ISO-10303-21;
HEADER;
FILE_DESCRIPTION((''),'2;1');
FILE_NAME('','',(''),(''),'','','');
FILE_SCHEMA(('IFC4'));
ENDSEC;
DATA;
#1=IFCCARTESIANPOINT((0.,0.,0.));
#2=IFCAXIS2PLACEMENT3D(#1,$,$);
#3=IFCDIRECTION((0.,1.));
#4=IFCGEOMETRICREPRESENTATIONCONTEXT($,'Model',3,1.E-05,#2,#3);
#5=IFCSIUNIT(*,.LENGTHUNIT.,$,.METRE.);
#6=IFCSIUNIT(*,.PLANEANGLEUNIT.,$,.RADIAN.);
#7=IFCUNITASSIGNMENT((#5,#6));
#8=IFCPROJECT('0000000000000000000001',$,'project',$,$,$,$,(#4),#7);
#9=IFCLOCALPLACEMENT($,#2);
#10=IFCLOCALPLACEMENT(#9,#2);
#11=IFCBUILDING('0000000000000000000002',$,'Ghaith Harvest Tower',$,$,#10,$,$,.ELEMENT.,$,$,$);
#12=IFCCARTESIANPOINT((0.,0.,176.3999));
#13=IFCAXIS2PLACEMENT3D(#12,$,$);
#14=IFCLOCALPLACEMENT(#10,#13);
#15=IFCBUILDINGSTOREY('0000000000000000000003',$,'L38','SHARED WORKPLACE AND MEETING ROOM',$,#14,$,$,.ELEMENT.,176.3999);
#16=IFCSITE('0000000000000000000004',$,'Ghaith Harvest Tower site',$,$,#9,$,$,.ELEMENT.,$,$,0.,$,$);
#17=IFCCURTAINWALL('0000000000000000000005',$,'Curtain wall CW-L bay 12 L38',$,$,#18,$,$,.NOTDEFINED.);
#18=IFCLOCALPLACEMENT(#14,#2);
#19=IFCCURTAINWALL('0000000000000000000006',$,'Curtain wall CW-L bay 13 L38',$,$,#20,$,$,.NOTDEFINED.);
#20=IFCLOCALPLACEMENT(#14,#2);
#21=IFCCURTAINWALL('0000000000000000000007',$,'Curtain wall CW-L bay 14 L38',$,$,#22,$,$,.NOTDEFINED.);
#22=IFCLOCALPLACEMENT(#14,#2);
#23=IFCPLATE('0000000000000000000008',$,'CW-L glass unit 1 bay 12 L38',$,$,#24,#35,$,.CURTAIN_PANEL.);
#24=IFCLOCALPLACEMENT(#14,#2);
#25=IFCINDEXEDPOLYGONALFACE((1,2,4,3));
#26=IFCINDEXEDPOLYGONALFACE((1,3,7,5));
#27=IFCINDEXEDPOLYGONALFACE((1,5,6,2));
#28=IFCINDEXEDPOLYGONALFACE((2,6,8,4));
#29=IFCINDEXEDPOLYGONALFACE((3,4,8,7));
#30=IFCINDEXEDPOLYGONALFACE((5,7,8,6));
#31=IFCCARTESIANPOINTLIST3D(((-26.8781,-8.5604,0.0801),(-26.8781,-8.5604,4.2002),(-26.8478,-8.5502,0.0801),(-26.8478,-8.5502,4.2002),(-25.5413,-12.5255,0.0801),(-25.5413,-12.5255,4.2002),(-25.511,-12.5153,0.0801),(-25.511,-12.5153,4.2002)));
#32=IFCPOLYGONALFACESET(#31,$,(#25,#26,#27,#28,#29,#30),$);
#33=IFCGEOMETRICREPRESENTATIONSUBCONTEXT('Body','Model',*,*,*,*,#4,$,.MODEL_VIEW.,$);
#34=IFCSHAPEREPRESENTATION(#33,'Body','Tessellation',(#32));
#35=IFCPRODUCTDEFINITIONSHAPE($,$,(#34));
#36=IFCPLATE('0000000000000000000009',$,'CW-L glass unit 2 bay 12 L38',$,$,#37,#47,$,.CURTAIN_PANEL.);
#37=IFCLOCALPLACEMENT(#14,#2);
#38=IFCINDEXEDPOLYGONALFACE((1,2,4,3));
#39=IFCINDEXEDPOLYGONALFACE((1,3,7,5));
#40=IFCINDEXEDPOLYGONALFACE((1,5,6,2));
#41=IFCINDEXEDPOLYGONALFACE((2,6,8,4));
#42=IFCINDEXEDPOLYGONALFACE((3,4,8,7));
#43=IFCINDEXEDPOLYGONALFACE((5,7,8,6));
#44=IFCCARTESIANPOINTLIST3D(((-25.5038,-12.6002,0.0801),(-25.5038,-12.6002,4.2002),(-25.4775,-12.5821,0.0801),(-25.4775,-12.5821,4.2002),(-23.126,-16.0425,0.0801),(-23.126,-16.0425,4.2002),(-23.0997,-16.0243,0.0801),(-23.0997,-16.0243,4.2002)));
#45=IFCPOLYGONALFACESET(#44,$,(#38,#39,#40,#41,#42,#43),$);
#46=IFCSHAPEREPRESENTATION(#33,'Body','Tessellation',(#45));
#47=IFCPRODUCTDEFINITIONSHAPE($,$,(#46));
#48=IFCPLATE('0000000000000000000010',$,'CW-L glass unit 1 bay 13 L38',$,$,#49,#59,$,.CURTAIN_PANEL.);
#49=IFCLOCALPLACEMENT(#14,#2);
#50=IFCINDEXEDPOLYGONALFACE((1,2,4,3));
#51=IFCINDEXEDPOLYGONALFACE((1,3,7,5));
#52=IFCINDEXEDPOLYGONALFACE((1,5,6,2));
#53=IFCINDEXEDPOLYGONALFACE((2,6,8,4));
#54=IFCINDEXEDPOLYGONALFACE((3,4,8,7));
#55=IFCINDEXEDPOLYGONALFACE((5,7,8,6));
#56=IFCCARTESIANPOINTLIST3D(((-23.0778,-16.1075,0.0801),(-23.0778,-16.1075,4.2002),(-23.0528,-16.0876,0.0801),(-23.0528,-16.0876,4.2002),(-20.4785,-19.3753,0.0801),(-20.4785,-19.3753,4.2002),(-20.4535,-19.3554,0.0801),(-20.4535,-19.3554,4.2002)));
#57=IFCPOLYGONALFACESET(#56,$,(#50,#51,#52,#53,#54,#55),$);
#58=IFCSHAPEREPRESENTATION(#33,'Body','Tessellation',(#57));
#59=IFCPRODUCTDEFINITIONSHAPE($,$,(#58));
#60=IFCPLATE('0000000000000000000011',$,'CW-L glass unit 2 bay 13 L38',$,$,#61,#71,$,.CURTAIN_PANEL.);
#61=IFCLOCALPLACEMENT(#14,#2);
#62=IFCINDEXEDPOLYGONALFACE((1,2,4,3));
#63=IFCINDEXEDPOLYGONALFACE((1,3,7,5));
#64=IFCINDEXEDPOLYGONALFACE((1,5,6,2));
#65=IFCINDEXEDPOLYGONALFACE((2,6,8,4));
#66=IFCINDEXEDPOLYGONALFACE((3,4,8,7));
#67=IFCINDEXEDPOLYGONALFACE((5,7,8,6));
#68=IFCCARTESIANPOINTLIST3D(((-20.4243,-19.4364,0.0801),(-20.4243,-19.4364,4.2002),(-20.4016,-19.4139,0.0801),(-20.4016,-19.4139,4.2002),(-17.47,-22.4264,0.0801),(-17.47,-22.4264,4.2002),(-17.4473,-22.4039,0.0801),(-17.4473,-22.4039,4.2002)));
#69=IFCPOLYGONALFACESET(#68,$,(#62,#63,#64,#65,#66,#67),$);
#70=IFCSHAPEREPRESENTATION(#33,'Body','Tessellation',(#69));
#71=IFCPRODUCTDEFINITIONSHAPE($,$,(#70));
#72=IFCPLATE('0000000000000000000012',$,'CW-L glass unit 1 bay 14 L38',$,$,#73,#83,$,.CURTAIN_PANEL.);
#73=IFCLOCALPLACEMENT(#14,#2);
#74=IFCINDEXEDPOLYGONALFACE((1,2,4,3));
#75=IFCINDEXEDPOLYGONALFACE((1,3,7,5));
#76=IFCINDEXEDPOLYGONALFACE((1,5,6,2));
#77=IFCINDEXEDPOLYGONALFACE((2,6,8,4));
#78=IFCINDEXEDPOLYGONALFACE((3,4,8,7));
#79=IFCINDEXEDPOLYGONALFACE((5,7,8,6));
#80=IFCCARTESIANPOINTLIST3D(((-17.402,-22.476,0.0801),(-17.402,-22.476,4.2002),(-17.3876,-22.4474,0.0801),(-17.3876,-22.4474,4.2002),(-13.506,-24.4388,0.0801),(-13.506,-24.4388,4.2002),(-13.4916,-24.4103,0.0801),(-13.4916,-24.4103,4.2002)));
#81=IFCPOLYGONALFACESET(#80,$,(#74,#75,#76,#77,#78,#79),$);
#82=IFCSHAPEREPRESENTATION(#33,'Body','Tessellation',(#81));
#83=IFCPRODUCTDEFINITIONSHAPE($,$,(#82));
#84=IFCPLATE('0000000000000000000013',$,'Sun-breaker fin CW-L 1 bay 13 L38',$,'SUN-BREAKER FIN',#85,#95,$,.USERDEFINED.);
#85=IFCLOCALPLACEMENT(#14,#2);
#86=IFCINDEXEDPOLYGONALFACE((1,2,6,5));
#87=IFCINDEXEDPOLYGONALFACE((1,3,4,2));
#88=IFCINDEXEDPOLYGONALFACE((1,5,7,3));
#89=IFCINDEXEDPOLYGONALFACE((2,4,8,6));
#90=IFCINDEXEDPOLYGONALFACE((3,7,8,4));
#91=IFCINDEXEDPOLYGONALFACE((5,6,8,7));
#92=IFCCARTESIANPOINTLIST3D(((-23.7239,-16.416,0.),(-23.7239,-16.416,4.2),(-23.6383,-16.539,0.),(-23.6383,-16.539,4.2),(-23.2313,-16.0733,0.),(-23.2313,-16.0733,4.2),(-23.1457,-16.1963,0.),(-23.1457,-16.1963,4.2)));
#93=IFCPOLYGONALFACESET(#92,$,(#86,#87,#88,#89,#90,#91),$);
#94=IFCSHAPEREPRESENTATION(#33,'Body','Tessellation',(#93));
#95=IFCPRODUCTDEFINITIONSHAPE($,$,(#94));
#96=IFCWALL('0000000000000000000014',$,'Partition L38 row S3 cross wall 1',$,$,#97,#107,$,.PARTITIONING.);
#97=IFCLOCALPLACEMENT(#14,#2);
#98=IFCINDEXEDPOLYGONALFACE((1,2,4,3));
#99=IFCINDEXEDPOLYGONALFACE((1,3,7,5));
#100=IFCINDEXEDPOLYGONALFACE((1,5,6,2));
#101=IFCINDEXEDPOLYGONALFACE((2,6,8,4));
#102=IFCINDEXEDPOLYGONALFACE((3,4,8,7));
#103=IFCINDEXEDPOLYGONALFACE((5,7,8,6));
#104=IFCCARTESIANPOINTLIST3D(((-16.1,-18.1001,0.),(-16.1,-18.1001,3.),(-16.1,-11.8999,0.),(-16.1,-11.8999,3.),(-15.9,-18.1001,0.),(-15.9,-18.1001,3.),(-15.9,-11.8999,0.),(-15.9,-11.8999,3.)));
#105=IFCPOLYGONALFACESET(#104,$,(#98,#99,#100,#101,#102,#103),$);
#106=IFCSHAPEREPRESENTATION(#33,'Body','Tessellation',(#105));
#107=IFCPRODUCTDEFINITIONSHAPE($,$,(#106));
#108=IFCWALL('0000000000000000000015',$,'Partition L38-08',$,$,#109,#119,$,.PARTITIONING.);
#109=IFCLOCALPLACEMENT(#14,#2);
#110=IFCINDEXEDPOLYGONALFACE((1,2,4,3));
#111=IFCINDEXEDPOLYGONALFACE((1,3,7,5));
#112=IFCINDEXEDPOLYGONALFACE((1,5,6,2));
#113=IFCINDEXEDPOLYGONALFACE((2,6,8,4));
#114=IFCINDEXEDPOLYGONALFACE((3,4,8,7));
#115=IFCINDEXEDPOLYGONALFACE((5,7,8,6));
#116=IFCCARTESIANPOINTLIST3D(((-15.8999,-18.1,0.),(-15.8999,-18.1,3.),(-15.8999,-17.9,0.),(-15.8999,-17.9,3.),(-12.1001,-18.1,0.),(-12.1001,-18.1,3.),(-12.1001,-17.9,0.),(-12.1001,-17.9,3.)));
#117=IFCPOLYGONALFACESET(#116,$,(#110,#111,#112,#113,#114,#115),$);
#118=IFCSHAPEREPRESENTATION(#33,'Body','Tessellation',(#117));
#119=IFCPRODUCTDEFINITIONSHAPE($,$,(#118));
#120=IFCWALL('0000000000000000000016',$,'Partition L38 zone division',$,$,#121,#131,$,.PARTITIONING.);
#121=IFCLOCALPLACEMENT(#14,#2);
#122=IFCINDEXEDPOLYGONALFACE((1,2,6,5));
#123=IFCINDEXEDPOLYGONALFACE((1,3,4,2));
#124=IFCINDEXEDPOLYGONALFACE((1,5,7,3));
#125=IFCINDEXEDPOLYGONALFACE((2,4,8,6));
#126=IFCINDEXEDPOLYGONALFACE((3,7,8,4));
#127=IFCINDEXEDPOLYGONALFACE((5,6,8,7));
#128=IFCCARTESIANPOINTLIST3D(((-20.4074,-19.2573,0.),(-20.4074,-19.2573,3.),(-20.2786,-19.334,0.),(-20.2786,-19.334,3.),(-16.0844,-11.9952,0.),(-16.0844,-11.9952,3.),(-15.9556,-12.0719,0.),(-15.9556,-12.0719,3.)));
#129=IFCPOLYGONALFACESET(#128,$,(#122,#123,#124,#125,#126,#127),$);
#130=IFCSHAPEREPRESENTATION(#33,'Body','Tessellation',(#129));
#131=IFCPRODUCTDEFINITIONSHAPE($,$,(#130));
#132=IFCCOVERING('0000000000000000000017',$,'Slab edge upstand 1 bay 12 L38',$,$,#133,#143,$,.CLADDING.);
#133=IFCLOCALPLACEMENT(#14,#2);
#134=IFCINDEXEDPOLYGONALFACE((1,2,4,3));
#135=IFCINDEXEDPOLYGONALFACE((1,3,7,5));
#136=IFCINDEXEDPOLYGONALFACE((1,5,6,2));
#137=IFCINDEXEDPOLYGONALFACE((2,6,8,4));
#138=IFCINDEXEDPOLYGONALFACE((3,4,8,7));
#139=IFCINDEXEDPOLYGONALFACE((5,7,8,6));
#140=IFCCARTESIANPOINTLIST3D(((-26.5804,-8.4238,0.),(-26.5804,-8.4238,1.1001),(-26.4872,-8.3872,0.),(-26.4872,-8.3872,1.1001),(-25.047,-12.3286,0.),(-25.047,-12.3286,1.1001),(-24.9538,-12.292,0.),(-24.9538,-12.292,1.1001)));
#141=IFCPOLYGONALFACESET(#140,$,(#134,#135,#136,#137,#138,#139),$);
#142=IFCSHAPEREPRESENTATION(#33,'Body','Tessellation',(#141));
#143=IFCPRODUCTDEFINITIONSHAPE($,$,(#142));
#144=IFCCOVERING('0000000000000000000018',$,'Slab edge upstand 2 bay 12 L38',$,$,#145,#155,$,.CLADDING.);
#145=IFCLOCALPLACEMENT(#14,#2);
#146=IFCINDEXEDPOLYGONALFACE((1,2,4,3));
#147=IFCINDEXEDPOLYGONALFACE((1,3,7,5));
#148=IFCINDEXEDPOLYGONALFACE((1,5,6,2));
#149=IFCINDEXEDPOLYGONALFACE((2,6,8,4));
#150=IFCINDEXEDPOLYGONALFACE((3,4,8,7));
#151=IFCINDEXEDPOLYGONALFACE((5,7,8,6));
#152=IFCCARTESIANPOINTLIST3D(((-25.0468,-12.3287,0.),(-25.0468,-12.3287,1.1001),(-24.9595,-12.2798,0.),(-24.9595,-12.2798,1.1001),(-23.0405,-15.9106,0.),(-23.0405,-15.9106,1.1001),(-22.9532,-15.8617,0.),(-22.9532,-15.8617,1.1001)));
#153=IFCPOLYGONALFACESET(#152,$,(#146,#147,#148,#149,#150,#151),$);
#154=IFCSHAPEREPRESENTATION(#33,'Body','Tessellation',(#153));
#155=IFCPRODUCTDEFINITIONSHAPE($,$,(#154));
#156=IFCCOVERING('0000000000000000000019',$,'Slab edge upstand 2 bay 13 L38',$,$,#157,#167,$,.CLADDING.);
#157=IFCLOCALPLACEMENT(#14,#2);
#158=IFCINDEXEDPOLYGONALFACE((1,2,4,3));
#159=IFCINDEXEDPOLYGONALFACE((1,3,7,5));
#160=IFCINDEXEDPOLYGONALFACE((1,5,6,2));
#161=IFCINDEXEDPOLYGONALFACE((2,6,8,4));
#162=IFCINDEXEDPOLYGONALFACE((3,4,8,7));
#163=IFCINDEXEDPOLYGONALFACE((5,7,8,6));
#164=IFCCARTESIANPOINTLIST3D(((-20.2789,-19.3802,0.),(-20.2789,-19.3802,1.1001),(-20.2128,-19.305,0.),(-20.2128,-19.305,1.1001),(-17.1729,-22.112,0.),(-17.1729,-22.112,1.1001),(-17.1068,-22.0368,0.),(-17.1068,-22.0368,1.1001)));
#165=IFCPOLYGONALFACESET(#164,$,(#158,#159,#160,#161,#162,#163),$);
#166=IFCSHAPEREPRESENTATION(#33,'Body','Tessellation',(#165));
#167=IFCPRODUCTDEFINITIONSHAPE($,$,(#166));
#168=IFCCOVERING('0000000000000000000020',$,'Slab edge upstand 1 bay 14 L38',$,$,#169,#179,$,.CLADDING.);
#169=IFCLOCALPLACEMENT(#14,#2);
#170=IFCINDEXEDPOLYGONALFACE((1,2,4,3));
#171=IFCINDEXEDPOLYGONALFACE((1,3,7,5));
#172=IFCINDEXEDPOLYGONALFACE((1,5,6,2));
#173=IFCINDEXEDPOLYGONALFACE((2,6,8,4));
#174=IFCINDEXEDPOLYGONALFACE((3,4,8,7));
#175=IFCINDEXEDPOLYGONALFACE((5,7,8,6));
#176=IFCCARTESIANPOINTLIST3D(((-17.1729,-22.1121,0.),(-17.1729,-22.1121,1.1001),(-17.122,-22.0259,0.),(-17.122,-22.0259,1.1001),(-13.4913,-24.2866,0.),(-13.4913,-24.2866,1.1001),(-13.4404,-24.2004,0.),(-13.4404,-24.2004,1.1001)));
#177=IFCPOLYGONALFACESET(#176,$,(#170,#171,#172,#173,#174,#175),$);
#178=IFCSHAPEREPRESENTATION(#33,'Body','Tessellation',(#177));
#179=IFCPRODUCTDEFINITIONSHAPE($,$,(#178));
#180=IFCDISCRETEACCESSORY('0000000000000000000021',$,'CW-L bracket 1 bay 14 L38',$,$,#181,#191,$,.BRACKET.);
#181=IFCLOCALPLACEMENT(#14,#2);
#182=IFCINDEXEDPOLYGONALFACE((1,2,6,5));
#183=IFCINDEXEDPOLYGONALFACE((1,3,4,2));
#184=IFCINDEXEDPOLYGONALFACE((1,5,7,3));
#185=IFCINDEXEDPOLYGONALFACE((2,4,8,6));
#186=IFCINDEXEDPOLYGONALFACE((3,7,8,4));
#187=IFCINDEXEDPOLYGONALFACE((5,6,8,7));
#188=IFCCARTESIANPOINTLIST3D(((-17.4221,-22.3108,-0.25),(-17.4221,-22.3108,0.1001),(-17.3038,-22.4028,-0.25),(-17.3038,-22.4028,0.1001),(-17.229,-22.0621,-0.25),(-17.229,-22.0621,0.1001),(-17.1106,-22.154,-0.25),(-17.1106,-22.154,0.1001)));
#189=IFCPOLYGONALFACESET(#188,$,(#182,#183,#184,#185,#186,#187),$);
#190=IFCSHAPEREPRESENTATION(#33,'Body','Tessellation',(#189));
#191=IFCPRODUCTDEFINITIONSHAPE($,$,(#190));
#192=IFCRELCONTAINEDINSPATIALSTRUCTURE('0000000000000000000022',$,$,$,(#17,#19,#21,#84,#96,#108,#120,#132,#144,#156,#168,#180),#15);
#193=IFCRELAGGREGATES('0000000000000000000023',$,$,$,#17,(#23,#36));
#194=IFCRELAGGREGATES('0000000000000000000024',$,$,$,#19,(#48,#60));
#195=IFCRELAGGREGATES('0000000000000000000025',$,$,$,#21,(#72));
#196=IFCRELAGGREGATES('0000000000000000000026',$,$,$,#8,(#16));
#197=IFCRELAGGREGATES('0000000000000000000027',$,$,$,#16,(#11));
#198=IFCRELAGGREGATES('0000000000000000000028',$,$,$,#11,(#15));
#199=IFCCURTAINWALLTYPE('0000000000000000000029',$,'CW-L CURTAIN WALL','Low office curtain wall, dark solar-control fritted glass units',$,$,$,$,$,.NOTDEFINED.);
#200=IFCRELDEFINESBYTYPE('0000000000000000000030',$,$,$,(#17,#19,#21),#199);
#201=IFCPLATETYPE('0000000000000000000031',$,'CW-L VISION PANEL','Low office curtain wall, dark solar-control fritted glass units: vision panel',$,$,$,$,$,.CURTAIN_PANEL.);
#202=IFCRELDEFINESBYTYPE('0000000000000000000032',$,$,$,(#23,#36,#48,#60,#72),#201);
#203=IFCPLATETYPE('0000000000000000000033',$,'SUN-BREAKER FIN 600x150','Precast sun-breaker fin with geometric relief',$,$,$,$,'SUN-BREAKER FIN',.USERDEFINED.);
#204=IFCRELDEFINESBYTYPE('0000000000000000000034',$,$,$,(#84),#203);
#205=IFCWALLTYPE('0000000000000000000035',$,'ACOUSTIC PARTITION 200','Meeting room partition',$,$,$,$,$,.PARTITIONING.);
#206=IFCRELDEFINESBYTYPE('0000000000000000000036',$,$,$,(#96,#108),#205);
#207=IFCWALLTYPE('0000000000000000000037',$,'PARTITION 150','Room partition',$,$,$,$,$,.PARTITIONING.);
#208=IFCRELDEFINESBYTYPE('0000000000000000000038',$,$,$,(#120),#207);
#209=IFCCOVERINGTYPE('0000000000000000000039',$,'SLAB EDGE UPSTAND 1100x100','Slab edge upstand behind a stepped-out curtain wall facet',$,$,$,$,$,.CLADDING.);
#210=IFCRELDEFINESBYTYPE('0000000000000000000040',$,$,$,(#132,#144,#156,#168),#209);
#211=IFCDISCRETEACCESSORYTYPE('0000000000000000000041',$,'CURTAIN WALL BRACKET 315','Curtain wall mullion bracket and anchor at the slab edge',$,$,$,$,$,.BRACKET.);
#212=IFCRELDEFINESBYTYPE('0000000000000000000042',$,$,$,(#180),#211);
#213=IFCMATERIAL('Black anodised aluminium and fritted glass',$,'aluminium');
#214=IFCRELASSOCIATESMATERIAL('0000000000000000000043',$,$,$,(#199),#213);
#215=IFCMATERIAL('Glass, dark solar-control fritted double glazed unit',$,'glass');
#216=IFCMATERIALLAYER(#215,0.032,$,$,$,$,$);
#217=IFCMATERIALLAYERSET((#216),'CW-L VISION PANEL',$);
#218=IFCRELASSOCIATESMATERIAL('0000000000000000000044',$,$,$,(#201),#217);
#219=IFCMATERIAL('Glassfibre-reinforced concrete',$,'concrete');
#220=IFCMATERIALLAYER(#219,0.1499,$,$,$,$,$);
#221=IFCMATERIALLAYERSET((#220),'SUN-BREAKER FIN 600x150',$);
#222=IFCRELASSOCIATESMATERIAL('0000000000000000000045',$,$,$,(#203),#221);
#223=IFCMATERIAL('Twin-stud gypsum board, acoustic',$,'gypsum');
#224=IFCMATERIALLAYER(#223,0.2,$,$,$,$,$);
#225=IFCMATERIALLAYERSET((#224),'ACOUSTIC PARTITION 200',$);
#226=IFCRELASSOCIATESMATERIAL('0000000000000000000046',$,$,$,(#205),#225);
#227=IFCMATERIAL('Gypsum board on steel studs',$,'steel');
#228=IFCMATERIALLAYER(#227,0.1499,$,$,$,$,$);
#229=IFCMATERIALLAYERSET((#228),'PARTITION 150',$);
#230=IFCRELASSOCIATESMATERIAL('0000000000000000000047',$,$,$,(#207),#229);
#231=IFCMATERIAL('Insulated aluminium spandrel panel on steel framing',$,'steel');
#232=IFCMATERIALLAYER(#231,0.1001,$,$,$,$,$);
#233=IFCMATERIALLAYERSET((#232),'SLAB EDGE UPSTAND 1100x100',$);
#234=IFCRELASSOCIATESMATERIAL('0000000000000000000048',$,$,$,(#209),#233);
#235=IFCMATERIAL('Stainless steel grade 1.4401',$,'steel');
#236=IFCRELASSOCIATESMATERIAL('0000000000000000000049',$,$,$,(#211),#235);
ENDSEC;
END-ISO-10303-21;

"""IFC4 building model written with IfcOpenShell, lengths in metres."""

from ifc_helpers import new_model, si_unit, direction, frame, frame_2d, origin, origin_2d, place, context, subcontext, project, spatial, rectangle, extrude, material, layer, layer_set, type_object, element, aggregate, save


model = new_model("IFC4")

# Units and contexts
model_context = context("Model", 3, precision=1e-05, world=origin(), true_north=direction((0.0, 1.0)))
body_context = subcontext(model_context, "Body", "Model", "MODEL_VIEW")
ifc_project = project(units=[si_unit("LENGTHUNIT", "METRE"), si_unit("PLANEANGLEUNIT", "RADIAN")], contexts=[model_context])

# Site, building, storey
site_placement = place(None, origin())
site = spatial("IfcSite", under=ifc_project, at=site_placement, Name="Ghaith Harvest Tower site", CompositionType="ELEMENT", RefElevation=0.0)
building_placement = place(site_placement, origin())
building = spatial("IfcBuilding", under=site, at=building_placement, Name="Ghaith Harvest Tower", CompositionType="ELEMENT")
storey_placement = place(building_placement, frame((0.0, 0.0, 176.3999)))
storey = spatial("IfcBuildingStorey", under=building, at=storey_placement, Name="L38", Description="SHARED WORKPLACE AND MEETING ROOM", CompositionType="ELEMENT", Elevation=176.3999)

# Curtain wall
ifc_material_1 = material(Name="Black anodised aluminium and fritted glass", Category="aluminium")
curtain_wall_type = type_object("IfcCurtainWallType", Name="CW-L CURTAIN WALL", Description="Low office curtain wall, dark solar-control fritted glass units", PredefinedType="NOTDEFINED", material=ifc_material_1)
curtain_wall_1_placement = place(storey_placement, origin())
curtain_wall_1 = element("IfcCurtainWall", 1, at=curtain_wall_1_placement, inside=storey, type_object=curtain_wall_type, Name="Curtain wall CW-L bay 12 L38", PredefinedType="NOTDEFINED")

# Curtain wall
curtain_wall_2_placement = place(storey_placement, origin())
curtain_wall_2 = element("IfcCurtainWall", 2, at=curtain_wall_2_placement, inside=storey, type_object=curtain_wall_type, Name="Curtain wall CW-L bay 13 L38", PredefinedType="NOTDEFINED")

# Curtain wall
curtain_wall_3_placement = place(storey_placement, origin())
curtain_wall_3 = element("IfcCurtainWall", 3, at=curtain_wall_3_placement, inside=storey, type_object=curtain_wall_type, Name="Curtain wall CW-L bay 14 L38", PredefinedType="NOTDEFINED")

# Plates
ifc_material_2 = material(Name="Glass, dark solar-control fritted double glazed unit", Category="glass")
ifc_layer_1 = layer(ifc_material_2, 0.032)
ifc_layer_set_1 = layer_set([ifc_layer_1], Name="CW-L VISION PANEL")
plate_type_1 = type_object("IfcPlateType", Name="CW-L VISION PANEL", Description="Low office curtain wall, dark solar-control fritted glass units: vision panel", PredefinedType="CURTAIN_PANEL", material=ifc_layer_set_1)
plate_1_placement = place(storey_placement, frame((-26.1946, -10.5378, 0.0801), z_axis=(0.0, 0.0, 1.0), x_axis=(0.319477, -0.947594, 0.0)))
plate_1 = element("IfcPlate", 4, at=plate_1_placement, type_object=plate_type_1, Name="CW-L glass unit 1 bay 12 L38", PredefinedType="CURTAIN_PANEL", context=body_context, shape_type="SweptSolid", body=[
    extrude(rectangle(XDim=4.1843, YDim=0.032, at=origin_2d()), origin(), (0.0, 0.0, 1.0), 4.1201),
])
plate_2_placement = place(storey_placement, frame((-24.3018, -14.3123, 0.0801), z_axis=(0.0, 0.0, 1.0), x_axis=(0.568348, -0.822788, 0.0)))
plate_2 = element("IfcPlate", 5, at=plate_2_placement, type_object=plate_type_1, Name="CW-L glass unit 2 bay 12 L38", PredefinedType="CURTAIN_PANEL", context=body_context, shape_type="SweptSolid", body=[
    extrude(rectangle(XDim=4.1836, YDim=0.032, at=origin_2d()), origin(), (0.0, 0.0, 1.0), 4.1201),
])
aggregate(curtain_wall_1, [plate_1, plate_2])
plate_3_placement = place(storey_placement, frame((-21.7656, -17.7314, 0.0801), z_axis=(0.0, 0.0, 1.0), x_axis=(0.622507, -0.782614, 0.0)))
plate_3 = element("IfcPlate", 6, at=plate_3_placement, type_object=plate_type_1, Name="CW-L glass unit 1 bay 13 L38", PredefinedType="CURTAIN_PANEL", context=body_context, shape_type="SweptSolid", body=[
    extrude(rectangle(XDim=4.1755, YDim=0.032, at=origin_2d()), origin(), (0.0, 0.0, 1.0), 4.1201),
])
plate_4_placement = place(storey_placement, frame((-18.9358, -20.9202, 0.0801), z_axis=(0.0, 0.0, 1.0), x_axis=(0.702843, -0.711345, 0.0)))
plate_4 = element("IfcPlate", 7, at=plate_4_placement, type_object=plate_type_1, Name="CW-L glass unit 2 bay 13 L38", PredefinedType="CURTAIN_PANEL", context=body_context, shape_type="SweptSolid", body=[
    extrude(rectangle(XDim=4.2034, YDim=0.032, at=origin_2d()), origin(), (0.0, 0.0, 1.0), 4.1201),
])
aggregate(curtain_wall_2, [plate_3, plate_4])
plate_5_placement = place(storey_placement, frame((-15.4468, -23.4431, 0.0801), z_axis=(0.0, 0.0, 1.0), x_axis=(0.893062, -0.449933, 0.0)))
plate_5 = element("IfcPlate", 8, at=plate_5_placement, type_object=plate_type_1, Name="CW-L glass unit 1 bay 14 L38", PredefinedType="CURTAIN_PANEL", context=body_context, shape_type="SweptSolid", body=[
    extrude(rectangle(XDim=4.3625, YDim=0.032, at=origin_2d()), origin(), (0.0, 0.0, 1.0), 4.1201),
])
aggregate(curtain_wall_3, [plate_5])
ifc_material_3 = material(Name="Glassfibre-reinforced concrete", Category="concrete")
ifc_layer_2 = layer(ifc_material_3, 0.1499)
ifc_layer_set_2 = layer_set([ifc_layer_2], Name="SUN-BREAKER FIN 600x150")
plate_type_2 = type_object("IfcPlateType", Name="SUN-BREAKER FIN 600x150", Description="Precast sun-breaker fin with geometric relief", ElementType="SUN-BREAKER FIN", PredefinedType="USERDEFINED", material=ifc_layer_set_2)
plate_6_placement = place(storey_placement, frame((-23.4348, -16.3062, 0.0), z_axis=(0.0, 0.0, 1.0), x_axis=(-0.820845, -0.57115, 0.0)))
element("IfcPlate", 9, at=plate_6_placement, inside=storey, type_object=plate_type_2, Name="Sun-breaker fin CW-L 1 bay 13 L38", ObjectType="SUN-BREAKER FIN", PredefinedType="USERDEFINED", context=body_context, shape_type="SweptSolid", body=[
    extrude(rectangle(XDim=0.6001, YDim=0.1499, at=origin_2d()), origin(), (0.0, 0.0, 1.0), 4.2),
])

# Wall
ifc_material_4 = material(Name="Twin-stud gypsum board, acoustic", Category="gypsum")
ifc_layer_3 = layer(ifc_material_4, 0.2)
ifc_layer_set_3 = layer_set([ifc_layer_3], Name="ACOUSTIC PARTITION 200")
wall_type_1 = type_object("IfcWallType", Name="ACOUSTIC PARTITION 200", Description="Meeting room partition", PredefinedType="PARTITIONING", material=ifc_layer_set_3)
wall_1_placement = place(storey_placement, frame((-16.0, -11.8999, 0.0), z_axis=(0.0, 0.0, 1.0), x_axis=(0.0, -1.0, 0.0)))
element("IfcWall", 10, at=wall_1_placement, inside=storey, type_object=wall_type_1, Name="Partition L38 row S3 cross wall 1", PredefinedType="PARTITIONING", context=body_context, shape_type="SweptSolid", body=[
    extrude(rectangle(XDim=6.2002, YDim=0.2, at=frame_2d((3.1001, 0.0))), origin(), (0.0, 0.0, 1.0), 3.0),
])

# Wall
wall_2_placement = place(storey_placement, frame((-15.8999, -18.0, 0.0), z_axis=(0.0, 0.0, 1.0), x_axis=(1.0, 0.0, 0.0)))
element("IfcWall", 11, at=wall_2_placement, inside=storey, type_object=wall_type_1, Name="Partition L38-08", PredefinedType="PARTITIONING", context=body_context, shape_type="SweptSolid", body=[
    extrude(rectangle(XDim=3.7998, YDim=0.2, at=frame_2d((1.8999, 0.0))), origin(), (0.0, 0.0, 1.0), 3.0),
])

# Wall
ifc_material_5 = material(Name="Gypsum board on steel studs", Category="steel")
ifc_layer_4 = layer(ifc_material_5, 0.1499)
ifc_layer_set_4 = layer_set([ifc_layer_4], Name="PARTITION 150")
wall_type_2 = type_object("IfcWallType", Name="PARTITION 150", Description="Room partition", PredefinedType="PARTITIONING", material=ifc_layer_set_4)
wall_3_placement = place(storey_placement, frame((-16.02, -12.0337, 0.0), z_axis=(0.0, 0.0, 1.0), x_axis=(-0.511519, -0.859272, 0.0)))
element("IfcWall", 12, at=wall_3_placement, inside=storey, type_object=wall_type_2, Name="Partition L38 zone division", PredefinedType="PARTITIONING", context=body_context, shape_type="SweptSolid", body=[
    extrude(rectangle(XDim=8.4514, YDim=0.1499, at=frame_2d((4.2256, 0.0))), origin(), (0.0, 0.0, 1.0), 3.0),
])

# Coverings
ifc_material_6 = material(Name="Insulated aluminium spandrel panel on steel framing", Category="steel")
ifc_layer_5 = layer(ifc_material_6, 0.1001)
ifc_layer_set_5 = layer_set([ifc_layer_5], Name="SLAB EDGE UPSTAND 1100x100")
covering_type = type_object("IfcCoveringType", Name="SLAB EDGE UPSTAND 1100x100", Description="Slab edge upstand behind a stepped-out curtain wall facet", PredefinedType="CLADDING", material=ifc_layer_set_5)
covering_1_placement = place(storey_placement, frame((-25.7671, -10.3579, 0.0), z_axis=(0.0, 0.0, 1.0), x_axis=(0.365515, -0.930805, 0.0)))
element("IfcCovering", 13, at=covering_1_placement, inside=storey, type_object=covering_type, Name="Slab edge upstand 1 bay 12 L38", PredefinedType="CLADDING", context=body_context, shape_type="SweptSolid", body=[
    extrude(rectangle(XDim=4.1951, YDim=0.1001, at=origin_2d()), origin(), (0.0, 0.0, 1.0), 1.1001),
])
covering_2_placement = place(storey_placement, frame((-24.0, -14.0952, 0.0), z_axis=(0.0, 0.0, 1.0), x_axis=(0.488684, -0.872461, 0.0)))
element("IfcCovering", 14, at=covering_2_placement, inside=storey, type_object=covering_type, Name="Slab edge upstand 2 bay 12 L38", PredefinedType="CLADDING", context=body_context, shape_type="SweptSolid", body=[
    extrude(rectangle(XDim=4.1055, YDim=0.1001, at=origin_2d()), origin(), (0.0, 0.0, 1.0), 1.1001),
])
covering_3_placement = place(storey_placement, frame((-18.6929, -20.7085, 0.0), z_axis=(0.0, 0.0, 1.0), x_axis=(0.750892, -0.660425, 0.0)))
element("IfcCovering", 15, at=covering_3_placement, inside=storey, type_object=covering_type, Name="Slab edge upstand 2 bay 13 L38", PredefinedType="CLADDING", context=body_context, shape_type="SweptSolid", body=[
    extrude(rectangle(XDim=4.1365, YDim=0.1001, at=origin_2d()), origin(), (0.0, 0.0, 1.0), 1.1001),
])
covering_4_placement = place(storey_placement, frame((-15.3066, -23.1562, 0.0), z_axis=(0.0, 0.0, 1.0), x_axis=(0.861021, -0.50857, 0.0)))
element("IfcCovering", 16, at=covering_4_placement, inside=storey, type_object=covering_type, Name="Slab edge upstand 1 bay 14 L38", PredefinedType="CLADDING", context=body_context, shape_type="SweptSolid", body=[
    extrude(rectangle(XDim=4.2759, YDim=0.1001, at=origin_2d()), origin(), (0.0, 0.0, 1.0), 1.1001),
])

# Discrete accessory
ifc_material_7 = material(Name="Stainless steel grade 1.4401", Category="steel")
discrete_accessory_type_1 = type_object("IfcDiscreteAccessoryType", Name="CURTAIN WALL BRACKET 315", Description="Curtain wall mullion bracket and anchor at the slab edge", PredefinedType="BRACKET", material=ifc_material_7)
discrete_accessory_1_placement = place(storey_placement, frame((-17.2664, -22.2324, -0.25), z_axis=(0.0, 0.0, 1.0), x_axis=(-0.613378, -0.78979, 0.0)))
element("IfcDiscreteAccessory", 17, at=discrete_accessory_1_placement, inside=storey, type_object=discrete_accessory_type_1, Name="CW-L bracket 1 bay 14 L38", PredefinedType="BRACKET", context=body_context, shape_type="SweptSolid", body=[
    extrude(rectangle(XDim=0.3149, YDim=0.1499, at=origin_2d()), origin(), (0.0, 0.0, 1.0), 0.3501),
])

save(model, "model.ifc")
